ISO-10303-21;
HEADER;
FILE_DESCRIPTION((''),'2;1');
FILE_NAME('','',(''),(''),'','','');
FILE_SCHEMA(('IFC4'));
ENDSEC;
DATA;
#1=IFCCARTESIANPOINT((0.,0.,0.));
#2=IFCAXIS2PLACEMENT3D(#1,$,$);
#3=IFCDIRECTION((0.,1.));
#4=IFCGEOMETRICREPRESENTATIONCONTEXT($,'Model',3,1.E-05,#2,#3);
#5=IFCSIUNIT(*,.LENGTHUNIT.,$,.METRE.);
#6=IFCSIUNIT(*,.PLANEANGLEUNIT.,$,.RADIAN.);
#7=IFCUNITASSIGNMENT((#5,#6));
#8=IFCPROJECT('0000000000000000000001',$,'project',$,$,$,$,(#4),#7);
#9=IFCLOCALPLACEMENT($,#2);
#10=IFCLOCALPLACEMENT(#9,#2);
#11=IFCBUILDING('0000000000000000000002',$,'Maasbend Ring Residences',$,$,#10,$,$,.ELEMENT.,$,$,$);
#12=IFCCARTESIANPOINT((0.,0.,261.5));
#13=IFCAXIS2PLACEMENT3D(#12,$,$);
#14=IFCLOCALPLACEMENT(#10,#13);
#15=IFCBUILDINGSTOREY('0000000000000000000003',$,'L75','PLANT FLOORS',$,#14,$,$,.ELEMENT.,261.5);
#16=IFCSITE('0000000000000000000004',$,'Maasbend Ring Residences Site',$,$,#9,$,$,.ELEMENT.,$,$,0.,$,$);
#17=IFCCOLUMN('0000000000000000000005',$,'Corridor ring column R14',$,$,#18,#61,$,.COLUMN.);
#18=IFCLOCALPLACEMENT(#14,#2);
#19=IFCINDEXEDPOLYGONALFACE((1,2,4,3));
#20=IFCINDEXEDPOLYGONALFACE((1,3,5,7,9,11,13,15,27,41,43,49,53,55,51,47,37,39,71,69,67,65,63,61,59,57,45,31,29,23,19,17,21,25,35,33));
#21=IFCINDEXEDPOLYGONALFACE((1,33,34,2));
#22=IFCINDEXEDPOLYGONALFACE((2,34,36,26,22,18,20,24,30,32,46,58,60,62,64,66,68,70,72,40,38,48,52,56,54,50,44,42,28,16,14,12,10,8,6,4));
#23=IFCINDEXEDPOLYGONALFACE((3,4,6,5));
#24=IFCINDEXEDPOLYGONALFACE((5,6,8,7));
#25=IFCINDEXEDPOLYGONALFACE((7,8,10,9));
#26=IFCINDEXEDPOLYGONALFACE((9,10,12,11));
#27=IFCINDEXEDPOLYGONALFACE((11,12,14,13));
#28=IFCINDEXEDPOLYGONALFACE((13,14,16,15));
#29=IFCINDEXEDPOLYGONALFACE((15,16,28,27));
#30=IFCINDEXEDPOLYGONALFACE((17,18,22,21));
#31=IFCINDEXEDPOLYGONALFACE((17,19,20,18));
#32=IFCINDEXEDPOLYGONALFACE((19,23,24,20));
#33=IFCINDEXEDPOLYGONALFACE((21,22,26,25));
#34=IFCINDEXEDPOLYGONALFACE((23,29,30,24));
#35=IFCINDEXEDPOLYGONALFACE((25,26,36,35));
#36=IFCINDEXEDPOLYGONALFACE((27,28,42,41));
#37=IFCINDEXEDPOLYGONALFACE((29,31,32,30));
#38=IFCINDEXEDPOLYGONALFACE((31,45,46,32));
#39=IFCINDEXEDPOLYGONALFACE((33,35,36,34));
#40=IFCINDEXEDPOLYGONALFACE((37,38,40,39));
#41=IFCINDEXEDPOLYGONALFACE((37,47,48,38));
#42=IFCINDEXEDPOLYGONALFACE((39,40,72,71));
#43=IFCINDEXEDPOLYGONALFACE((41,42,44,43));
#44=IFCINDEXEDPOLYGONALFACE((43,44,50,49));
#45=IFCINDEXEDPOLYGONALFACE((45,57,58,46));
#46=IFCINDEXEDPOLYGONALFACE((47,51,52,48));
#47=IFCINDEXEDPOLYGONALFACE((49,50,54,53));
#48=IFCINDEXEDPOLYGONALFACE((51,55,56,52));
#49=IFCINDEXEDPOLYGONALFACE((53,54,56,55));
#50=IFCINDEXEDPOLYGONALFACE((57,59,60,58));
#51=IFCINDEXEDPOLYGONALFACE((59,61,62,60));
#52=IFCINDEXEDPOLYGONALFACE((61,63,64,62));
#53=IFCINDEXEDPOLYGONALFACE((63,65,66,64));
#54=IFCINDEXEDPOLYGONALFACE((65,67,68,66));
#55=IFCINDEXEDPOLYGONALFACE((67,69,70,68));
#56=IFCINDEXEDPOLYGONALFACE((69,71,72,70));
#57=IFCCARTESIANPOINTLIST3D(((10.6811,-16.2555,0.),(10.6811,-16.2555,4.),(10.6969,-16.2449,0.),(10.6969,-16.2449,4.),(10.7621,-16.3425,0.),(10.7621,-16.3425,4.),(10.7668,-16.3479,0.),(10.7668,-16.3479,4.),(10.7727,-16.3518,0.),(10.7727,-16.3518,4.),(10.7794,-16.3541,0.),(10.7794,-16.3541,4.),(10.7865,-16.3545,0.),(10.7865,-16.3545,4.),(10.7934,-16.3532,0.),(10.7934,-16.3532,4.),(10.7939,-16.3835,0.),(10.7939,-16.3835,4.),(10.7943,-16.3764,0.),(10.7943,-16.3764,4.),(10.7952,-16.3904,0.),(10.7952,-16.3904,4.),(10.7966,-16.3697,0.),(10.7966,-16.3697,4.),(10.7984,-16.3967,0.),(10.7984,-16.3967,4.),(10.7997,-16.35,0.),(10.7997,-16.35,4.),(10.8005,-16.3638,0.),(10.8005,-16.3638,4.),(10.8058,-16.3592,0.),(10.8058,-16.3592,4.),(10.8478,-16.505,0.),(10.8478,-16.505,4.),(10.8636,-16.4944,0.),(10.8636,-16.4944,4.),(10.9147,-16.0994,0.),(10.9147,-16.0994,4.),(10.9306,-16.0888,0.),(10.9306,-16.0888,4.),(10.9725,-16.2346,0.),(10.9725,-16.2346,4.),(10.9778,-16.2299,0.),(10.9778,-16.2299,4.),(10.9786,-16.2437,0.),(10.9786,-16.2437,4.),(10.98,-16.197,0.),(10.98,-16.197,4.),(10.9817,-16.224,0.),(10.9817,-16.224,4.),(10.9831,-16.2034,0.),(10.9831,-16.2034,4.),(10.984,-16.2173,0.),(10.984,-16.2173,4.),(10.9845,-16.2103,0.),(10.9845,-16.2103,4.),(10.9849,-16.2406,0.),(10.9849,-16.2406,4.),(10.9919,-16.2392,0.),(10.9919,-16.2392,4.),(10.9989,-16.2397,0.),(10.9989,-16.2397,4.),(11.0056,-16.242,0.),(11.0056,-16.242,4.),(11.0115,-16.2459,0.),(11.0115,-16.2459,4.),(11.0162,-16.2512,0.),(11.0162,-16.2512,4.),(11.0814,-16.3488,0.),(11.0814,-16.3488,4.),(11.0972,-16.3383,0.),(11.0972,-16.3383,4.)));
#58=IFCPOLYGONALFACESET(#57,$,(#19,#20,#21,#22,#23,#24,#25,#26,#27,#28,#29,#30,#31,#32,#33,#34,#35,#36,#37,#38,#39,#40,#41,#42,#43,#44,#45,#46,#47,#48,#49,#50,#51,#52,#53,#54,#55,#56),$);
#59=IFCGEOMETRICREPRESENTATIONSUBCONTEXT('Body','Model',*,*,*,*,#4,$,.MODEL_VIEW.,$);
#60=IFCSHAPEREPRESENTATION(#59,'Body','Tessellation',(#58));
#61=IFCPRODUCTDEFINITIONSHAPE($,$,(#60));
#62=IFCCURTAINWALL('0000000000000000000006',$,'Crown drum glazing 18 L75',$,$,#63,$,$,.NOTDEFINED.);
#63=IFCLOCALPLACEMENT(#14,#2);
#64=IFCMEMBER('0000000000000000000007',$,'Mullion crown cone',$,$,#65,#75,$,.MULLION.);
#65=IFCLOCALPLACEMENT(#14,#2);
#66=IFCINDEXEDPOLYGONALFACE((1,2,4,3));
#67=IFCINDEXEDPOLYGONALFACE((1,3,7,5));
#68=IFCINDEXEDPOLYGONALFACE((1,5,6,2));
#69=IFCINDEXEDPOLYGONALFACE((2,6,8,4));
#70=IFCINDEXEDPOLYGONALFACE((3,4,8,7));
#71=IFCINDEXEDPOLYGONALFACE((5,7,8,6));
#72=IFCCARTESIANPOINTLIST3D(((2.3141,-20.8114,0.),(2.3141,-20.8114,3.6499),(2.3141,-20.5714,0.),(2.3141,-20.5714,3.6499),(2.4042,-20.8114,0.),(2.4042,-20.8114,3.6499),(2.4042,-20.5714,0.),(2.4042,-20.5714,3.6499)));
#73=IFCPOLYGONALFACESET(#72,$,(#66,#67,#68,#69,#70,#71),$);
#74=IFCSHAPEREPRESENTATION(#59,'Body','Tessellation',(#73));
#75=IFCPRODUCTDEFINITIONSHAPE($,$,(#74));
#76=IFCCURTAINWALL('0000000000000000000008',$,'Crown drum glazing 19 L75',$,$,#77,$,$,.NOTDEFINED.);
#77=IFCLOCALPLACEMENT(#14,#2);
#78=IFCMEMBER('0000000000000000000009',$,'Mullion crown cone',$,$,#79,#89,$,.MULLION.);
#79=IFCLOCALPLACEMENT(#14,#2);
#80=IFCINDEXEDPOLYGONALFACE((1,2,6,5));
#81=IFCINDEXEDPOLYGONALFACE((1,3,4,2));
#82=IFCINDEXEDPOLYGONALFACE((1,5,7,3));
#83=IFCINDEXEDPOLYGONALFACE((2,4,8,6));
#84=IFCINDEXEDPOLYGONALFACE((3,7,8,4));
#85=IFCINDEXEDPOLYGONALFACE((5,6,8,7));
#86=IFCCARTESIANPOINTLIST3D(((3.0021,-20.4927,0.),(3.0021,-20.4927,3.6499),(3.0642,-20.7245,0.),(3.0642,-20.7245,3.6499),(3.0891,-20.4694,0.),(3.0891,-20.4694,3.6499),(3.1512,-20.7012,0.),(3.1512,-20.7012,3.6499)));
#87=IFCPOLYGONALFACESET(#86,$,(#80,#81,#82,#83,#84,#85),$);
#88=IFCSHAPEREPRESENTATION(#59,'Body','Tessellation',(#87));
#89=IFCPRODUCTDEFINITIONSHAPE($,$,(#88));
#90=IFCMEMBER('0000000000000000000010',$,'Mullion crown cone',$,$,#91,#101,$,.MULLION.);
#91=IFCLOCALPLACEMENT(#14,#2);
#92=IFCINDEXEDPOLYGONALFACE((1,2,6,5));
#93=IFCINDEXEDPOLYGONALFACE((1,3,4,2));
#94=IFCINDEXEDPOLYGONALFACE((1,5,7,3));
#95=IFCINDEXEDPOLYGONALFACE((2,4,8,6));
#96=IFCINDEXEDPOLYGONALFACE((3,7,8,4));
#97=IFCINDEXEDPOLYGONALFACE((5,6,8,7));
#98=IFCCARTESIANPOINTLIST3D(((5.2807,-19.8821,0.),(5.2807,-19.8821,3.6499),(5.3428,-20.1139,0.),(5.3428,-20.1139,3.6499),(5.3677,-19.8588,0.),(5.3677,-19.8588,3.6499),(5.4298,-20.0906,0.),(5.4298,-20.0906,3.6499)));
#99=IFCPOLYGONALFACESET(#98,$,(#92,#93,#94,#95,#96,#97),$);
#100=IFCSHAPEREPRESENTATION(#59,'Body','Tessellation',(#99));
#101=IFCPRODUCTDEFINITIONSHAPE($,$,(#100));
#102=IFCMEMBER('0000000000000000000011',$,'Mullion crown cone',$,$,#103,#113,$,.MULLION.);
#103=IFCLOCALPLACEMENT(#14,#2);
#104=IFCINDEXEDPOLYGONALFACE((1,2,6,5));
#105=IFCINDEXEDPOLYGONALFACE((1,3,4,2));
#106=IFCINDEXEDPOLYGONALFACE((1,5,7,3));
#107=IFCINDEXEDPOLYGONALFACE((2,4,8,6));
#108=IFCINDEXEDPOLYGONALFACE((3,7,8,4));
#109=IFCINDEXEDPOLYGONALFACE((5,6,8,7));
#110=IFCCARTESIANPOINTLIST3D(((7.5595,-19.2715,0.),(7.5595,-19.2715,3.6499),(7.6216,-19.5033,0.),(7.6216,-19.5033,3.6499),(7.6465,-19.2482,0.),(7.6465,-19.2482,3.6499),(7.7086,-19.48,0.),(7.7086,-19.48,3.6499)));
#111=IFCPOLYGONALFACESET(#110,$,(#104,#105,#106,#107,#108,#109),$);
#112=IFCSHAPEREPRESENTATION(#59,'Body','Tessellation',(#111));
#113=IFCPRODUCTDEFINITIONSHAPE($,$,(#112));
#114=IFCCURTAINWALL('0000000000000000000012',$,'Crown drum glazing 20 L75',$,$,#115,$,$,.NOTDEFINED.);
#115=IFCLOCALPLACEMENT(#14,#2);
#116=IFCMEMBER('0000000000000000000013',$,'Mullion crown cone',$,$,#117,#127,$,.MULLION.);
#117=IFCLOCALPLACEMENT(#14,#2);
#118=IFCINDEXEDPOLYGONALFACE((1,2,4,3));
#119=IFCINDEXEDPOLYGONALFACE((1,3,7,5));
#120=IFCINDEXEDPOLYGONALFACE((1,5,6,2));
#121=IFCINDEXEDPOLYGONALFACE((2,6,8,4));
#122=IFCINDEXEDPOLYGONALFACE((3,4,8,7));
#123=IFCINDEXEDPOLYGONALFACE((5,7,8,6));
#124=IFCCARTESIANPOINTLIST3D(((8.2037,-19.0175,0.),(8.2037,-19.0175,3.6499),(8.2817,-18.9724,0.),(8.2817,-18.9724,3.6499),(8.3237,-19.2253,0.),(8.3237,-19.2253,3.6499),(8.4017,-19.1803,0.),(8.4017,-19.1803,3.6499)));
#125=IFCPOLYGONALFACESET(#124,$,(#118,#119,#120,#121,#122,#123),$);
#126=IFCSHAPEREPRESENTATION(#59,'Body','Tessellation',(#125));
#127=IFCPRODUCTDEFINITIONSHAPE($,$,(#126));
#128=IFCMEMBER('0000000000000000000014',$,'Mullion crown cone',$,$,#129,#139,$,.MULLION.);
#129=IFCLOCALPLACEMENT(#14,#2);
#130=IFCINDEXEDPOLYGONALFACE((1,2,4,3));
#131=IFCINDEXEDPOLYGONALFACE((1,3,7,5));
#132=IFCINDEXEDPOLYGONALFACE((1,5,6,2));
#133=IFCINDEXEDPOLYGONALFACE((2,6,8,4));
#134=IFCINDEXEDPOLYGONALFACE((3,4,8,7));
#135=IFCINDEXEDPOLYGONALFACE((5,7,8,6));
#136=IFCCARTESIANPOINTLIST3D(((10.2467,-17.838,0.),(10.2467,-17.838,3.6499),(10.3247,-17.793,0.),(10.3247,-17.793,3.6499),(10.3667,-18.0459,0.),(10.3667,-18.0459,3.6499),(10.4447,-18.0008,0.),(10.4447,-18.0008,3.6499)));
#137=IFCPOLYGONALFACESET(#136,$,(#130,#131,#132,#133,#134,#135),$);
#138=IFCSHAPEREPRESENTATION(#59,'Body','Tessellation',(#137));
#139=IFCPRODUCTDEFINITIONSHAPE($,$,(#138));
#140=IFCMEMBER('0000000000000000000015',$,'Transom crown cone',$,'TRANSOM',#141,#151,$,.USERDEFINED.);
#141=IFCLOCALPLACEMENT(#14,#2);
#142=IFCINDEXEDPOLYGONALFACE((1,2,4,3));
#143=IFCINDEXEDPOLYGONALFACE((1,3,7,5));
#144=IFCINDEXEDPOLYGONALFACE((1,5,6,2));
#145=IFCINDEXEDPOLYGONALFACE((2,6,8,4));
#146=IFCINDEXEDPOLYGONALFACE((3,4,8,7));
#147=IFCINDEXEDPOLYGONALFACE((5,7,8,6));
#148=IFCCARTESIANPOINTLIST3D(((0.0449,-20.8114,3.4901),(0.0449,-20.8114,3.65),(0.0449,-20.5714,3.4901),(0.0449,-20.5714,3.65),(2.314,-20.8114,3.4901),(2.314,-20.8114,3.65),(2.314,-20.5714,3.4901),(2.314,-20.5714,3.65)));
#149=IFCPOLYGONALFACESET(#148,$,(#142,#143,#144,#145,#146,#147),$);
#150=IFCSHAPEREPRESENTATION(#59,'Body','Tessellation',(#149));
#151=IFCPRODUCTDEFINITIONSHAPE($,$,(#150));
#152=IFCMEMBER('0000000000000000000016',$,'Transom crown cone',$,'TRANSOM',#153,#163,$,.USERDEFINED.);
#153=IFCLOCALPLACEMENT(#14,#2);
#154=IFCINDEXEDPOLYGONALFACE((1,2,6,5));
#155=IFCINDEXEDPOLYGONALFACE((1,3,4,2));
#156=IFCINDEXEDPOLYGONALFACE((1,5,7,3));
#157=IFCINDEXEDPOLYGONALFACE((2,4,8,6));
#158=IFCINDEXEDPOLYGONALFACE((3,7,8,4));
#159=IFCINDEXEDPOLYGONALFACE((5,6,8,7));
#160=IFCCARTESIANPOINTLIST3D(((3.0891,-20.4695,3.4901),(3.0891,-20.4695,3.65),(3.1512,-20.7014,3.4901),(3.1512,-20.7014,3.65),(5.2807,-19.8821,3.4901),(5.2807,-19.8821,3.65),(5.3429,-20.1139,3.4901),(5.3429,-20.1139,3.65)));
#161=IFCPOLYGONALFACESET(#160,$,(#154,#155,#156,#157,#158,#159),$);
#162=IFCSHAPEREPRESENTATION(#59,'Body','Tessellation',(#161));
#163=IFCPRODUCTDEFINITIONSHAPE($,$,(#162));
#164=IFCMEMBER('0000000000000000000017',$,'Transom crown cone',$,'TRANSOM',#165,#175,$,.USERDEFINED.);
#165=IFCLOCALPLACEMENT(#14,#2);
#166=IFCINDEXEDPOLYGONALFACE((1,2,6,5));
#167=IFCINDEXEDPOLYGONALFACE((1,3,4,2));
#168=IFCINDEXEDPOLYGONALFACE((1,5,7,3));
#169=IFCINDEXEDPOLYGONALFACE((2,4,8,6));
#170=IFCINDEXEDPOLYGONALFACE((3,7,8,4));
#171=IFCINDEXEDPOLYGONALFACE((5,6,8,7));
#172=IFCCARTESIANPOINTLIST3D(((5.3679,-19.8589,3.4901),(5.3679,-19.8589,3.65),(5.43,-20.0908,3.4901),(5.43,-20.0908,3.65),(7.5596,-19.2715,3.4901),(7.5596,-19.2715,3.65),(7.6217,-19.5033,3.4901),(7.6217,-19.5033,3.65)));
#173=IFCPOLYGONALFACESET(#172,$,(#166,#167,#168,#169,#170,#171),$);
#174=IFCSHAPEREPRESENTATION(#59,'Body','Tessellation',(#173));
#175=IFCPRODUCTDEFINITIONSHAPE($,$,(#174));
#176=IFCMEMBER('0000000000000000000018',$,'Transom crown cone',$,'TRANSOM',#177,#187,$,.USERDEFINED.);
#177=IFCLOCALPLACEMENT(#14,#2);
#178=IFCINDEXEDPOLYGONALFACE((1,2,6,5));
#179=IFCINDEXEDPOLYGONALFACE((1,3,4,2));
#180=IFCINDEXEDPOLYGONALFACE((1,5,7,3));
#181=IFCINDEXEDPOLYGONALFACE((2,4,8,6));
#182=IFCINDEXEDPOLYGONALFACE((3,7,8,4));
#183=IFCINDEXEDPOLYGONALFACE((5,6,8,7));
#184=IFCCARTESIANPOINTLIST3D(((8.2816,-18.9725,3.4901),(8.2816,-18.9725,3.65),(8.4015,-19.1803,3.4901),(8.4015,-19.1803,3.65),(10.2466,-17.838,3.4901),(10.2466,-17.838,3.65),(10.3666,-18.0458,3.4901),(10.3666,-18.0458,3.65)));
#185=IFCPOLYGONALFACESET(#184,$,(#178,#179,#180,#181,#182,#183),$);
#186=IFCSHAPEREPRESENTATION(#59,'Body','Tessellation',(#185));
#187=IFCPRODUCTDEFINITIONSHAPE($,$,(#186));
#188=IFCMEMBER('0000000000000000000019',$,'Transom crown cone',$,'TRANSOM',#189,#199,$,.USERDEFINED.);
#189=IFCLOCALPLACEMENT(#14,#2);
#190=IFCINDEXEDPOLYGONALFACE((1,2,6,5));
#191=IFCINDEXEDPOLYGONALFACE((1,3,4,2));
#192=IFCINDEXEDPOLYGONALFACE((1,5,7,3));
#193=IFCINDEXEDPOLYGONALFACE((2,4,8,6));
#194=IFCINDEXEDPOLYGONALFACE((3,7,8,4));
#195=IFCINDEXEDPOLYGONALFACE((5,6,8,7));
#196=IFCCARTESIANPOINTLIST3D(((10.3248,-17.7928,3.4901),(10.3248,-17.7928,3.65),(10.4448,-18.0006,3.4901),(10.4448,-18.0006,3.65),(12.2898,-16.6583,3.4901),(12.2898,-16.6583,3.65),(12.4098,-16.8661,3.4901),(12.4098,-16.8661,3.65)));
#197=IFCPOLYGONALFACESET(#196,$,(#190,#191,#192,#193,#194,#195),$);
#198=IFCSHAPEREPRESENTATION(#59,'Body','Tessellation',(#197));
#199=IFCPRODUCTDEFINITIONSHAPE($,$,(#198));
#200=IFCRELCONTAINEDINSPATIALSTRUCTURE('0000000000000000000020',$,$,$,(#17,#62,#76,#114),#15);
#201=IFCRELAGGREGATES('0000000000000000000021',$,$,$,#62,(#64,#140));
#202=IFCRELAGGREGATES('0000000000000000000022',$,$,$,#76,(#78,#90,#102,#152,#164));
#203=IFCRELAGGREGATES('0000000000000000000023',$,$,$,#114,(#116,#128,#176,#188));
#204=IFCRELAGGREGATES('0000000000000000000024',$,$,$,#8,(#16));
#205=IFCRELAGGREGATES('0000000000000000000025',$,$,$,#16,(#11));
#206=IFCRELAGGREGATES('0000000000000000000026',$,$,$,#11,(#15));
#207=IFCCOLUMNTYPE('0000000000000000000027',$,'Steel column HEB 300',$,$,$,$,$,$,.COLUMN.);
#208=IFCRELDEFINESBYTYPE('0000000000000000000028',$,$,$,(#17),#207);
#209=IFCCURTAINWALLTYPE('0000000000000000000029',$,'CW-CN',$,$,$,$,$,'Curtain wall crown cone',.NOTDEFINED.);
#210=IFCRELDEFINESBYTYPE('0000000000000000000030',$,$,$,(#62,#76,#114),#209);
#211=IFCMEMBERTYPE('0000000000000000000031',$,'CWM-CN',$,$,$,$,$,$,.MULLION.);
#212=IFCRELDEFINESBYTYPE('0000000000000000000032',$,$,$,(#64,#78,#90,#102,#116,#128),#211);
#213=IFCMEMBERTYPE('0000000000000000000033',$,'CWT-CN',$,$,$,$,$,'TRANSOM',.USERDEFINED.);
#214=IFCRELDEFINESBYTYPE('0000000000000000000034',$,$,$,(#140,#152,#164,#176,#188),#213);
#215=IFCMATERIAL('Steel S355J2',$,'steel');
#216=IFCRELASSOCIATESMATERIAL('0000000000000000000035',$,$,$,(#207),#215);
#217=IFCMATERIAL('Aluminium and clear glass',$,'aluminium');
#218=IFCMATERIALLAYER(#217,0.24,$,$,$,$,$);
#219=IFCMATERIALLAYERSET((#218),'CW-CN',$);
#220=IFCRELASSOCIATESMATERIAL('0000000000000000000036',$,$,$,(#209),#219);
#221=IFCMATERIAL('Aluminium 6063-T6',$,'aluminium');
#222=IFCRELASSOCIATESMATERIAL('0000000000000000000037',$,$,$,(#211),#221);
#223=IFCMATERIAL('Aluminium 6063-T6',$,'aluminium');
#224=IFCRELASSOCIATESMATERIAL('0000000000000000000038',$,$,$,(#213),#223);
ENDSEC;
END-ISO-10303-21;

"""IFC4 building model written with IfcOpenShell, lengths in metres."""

from ifc_helpers import new_model, si_unit, direction, frame, origin, origin_2d, place, context, subcontext, project, spatial, rectangle, i_section, extrude, material, layer, layer_set, material_profile, profile_set, type_object, element, aggregate, save


model = new_model("IFC4")

# Units and contexts
model_context = context("Model", 3, precision=1e-05, world=origin(), true_north=direction((0.0, 1.0)))
body_context = subcontext(model_context, "Body", "Model", "MODEL_VIEW")
ifc_project = project(units=[si_unit("LENGTHUNIT", "METRE"), si_unit("PLANEANGLEUNIT", "RADIAN")], contexts=[model_context])

# Site, building, storey
site_placement = place(None, origin())
site = spatial("IfcSite", under=ifc_project, at=site_placement, Name="Maasbend Ring Residences Site", CompositionType="ELEMENT", RefElevation=0.0)
building_placement = place(site_placement, origin())
building = spatial("IfcBuilding", under=site, at=building_placement, Name="Maasbend Ring Residences", CompositionType="ELEMENT")
storey_placement = place(building_placement, frame((0.0, 0.0, 261.5)))
storey = spatial("IfcBuildingStorey", under=building, at=storey_placement, Name="L75", Description="PLANT FLOORS", CompositionType="ELEMENT", Elevation=261.5)

# Column
ifc_material_1 = material(Name="Steel S355J2", Category="steel")
ifc_material_profile_1 = material_profile(ifc_material_1, i_section(OverallWidth=0.3, OverallDepth=0.3, WebThickness=0.011, FlangeThickness=0.019, FilletRadius=0.0271, at=origin_2d()), Name="HEB 300")
ifc_profile_set_1 = profile_set([ifc_material_profile_1], Name="Steel S355J2")
column_type_1 = type_object("IfcColumnType", Name="Steel column HEB 300", PredefinedType="COLUMN", material=ifc_profile_set_1)
for number, where, z_axis, x_axis, name in (
    (1, (10.8892, -16.2969, 0.0), (0.0, 0.0, 1.0), (0.55557, -0.83147, 0.0), "Corridor ring column R14"),
):
    element("IfcColumn", number, at=place(storey_placement, frame(where, z_axis=z_axis, x_axis=x_axis)), inside=storey, type_object=column_type_1, Name=name, PredefinedType="COLUMN", context=body_context, shape_type="SweptSolid", body=[
        extrude(i_section(OverallWidth=0.3, OverallDepth=0.3, WebThickness=0.011, FlangeThickness=0.019, FilletRadius=0.0271, at=origin_2d()), origin(), (0.0, 0.0, 1.0), 4.0),
    ])

# Curtain wall, member
ifc_material_2 = material(Name="Aluminium and clear glass", Category="aluminium")
ifc_layer_1 = layer(ifc_material_2, 0.24)
ifc_layer_set_1 = layer_set([ifc_layer_1], Name="CW-CN")
curtain_wall_type = type_object("IfcCurtainWallType", Name="CW-CN", ElementType="Curtain wall crown cone", PredefinedType="NOTDEFINED", material=ifc_layer_set_1)
curtain_wall_1_placement = place(storey_placement, origin())
curtain_wall_1 = element("IfcCurtainWall", 2, at=curtain_wall_1_placement, inside=storey, type_object=curtain_wall_type, Name="Crown drum glazing 18 L75", PredefinedType="NOTDEFINED")
ifc_material_3 = material(Name="Aluminium 6063-T6", Category="aluminium")
ifc_material_profile_2 = material_profile(ifc_material_3, rectangle(XDim=0.24, YDim=0.0901, at=origin_2d()), Name="AL 240x90")
ifc_profile_set_2 = profile_set([ifc_material_profile_2], Name="Aluminium 6063-T6")
member_type_1 = type_object("IfcMemberType", Name="CWM-CN", PredefinedType="MULLION", material=ifc_profile_set_2)
member_1_placement = place(storey_placement, frame((2.3591, -20.6914, 0.0), z_axis=(0.0, 0.0, 1.0), x_axis=(0.0, 1.0, 0.0)))
member_1 = element("IfcMember", 3, at=member_1_placement, type_object=member_type_1, Name="Mullion crown cone", PredefinedType="MULLION", context=body_context, shape_type="SweptSolid", body=[
    extrude(rectangle(XDim=0.24, YDim=0.0901, at=origin_2d()), origin(), (0.0, 0.0, 1.0), 3.6499),
])

# Curtain walls, members
curtain_wall_2_placement = place(storey_placement, origin())
curtain_wall_2 = element("IfcCurtainWall", 4, at=curtain_wall_2_placement, inside=storey, type_object=curtain_wall_type, Name="Crown drum glazing 19 L75", PredefinedType="NOTDEFINED")
member_2_placement = place(storey_placement, frame((3.0767, -20.5969, 0.0), z_axis=(0.0, 0.0, 1.0), x_axis=(-0.258819, 0.965926, 0.0)))
member_2 = element("IfcMember", 5, at=member_2_placement, type_object=member_type_1, Name="Mullion crown cone", PredefinedType="MULLION", context=body_context, shape_type="SweptSolid", body=[
    extrude(rectangle(XDim=0.24, YDim=0.0901, at=origin_2d()), origin(), (0.0, 0.0, 1.0), 3.6499),
])
member_3_placement = place(storey_placement, frame((5.3552, -19.9863, 0.0), z_axis=(0.0, 0.0, 1.0), x_axis=(-0.258819, 0.965926, 0.0)))
member_3 = element("IfcMember", 6, at=member_3_placement, type_object=member_type_1, Name="Mullion crown cone", PredefinedType="MULLION", context=body_context, shape_type="SweptSolid", body=[
    extrude(rectangle(XDim=0.24, YDim=0.0901, at=origin_2d()), origin(), (0.0, 0.0, 1.0), 3.6499),
])
member_4_placement = place(storey_placement, frame((7.634, -19.3757, 0.0), z_axis=(0.0, 0.0, 1.0), x_axis=(-0.258819, 0.965926, 0.0)))
member_4 = element("IfcMember", 7, at=member_4_placement, type_object=member_type_1, Name="Mullion crown cone", PredefinedType="MULLION", context=body_context, shape_type="SweptSolid", body=[
    extrude(rectangle(XDim=0.24, YDim=0.0901, at=origin_2d()), origin(), (0.0, 0.0, 1.0), 3.6499),
])
curtain_wall_3_placement = place(storey_placement, origin())
curtain_wall_3 = element("IfcCurtainWall", 8, at=curtain_wall_3_placement, inside=storey, type_object=curtain_wall_type, Name="Crown drum glazing 20 L75", PredefinedType="NOTDEFINED")
member_5_placement = place(storey_placement, frame((8.3027, -19.0989, 0.0), z_axis=(0.0, 0.0, 1.0), x_axis=(-0.5, 0.866025, 0.0)))
member_5 = element("IfcMember", 9, at=member_5_placement, type_object=member_type_1, Name="Mullion crown cone", PredefinedType="MULLION", context=body_context, shape_type="SweptSolid", body=[
    extrude(rectangle(XDim=0.24, YDim=0.0901, at=origin_2d()), origin(), (0.0, 0.0, 1.0), 3.6499),
])
member_6_placement = place(storey_placement, frame((10.3457, -17.9194, 0.0), z_axis=(0.0, 0.0, 1.0), x_axis=(-0.5, 0.866025, 0.0)))
member_6 = element("IfcMember", 10, at=member_6_placement, type_object=member_type_1, Name="Mullion crown cone", PredefinedType="MULLION", context=body_context, shape_type="SweptSolid", body=[
    extrude(rectangle(XDim=0.24, YDim=0.0901, at=origin_2d()), origin(), (0.0, 0.0, 1.0), 3.6499),
])

# Members
ifc_material_4 = material(Name="Aluminium 6063-T6", Category="aluminium")
ifc_material_profile_3 = material_profile(ifc_material_4, rectangle(XDim=0.24, YDim=0.1599, at=origin_2d()), Name="AL 240x160")
ifc_profile_set_3 = profile_set([ifc_material_profile_3], Name="Aluminium 6063-T6")
member_type_2 = type_object("IfcMemberType", Name="CWT-CN", ElementType="TRANSOM", PredefinedType="USERDEFINED", material=ifc_profile_set_3)
member_7_placement = place(storey_placement, frame((0.0449, -20.6914, 3.5701), z_axis=(1.0, 0.0, 0.0), x_axis=(0.0, 1.0, 0.0)))
member_7 = element("IfcMember", 11, at=member_7_placement, type_object=member_type_2, Name="Transom crown cone", ObjectType="TRANSOM", PredefinedType="USERDEFINED", context=body_context, shape_type="SweptSolid", body=[
    extrude(rectangle(XDim=0.24, YDim=0.1599, at=origin_2d()), origin(), (0.0, 0.0, 1.0), 2.269),
])
member_8_placement = place(storey_placement, frame((3.1201, -20.5854, 3.5701), z_axis=(0.965909, 0.258881, 0.0), x_axis=(-0.258881, 0.965909, 0.0)))
member_8 = element("IfcMember", 12, at=member_8_placement, type_object=member_type_2, Name="Transom crown cone", ObjectType="TRANSOM", PredefinedType="USERDEFINED", context=body_context, shape_type="SweptSolid", body=[
    extrude(rectangle(XDim=0.24, YDim=0.1599, at=origin_2d()), origin(), (0.0, 0.0, 1.0), 2.269),
])
member_9_placement = place(storey_placement, frame((5.3989, -19.9749, 3.5701), z_axis=(0.965909, 0.258881, 0.0), x_axis=(-0.258881, 0.965909, 0.0)))
member_9 = element("IfcMember", 13, at=member_9_placement, type_object=member_type_2, Name="Transom crown cone", ObjectType="TRANSOM", PredefinedType="USERDEFINED", context=body_context, shape_type="SweptSolid", body=[
    extrude(rectangle(XDim=0.24, YDim=0.1599, at=origin_2d()), origin(), (0.0, 0.0, 1.0), 2.269),
])
member_10_placement = place(storey_placement, frame((8.3416, -19.0764, 3.5701), z_axis=(0.86603, 0.499993, 0.0), x_axis=(-0.499993, 0.86603, 0.0)))
member_10 = element("IfcMember", 14, at=member_10_placement, type_object=member_type_2, Name="Transom crown cone", ObjectType="TRANSOM", PredefinedType="USERDEFINED", context=body_context, shape_type="SweptSolid", body=[
    extrude(rectangle(XDim=0.24, YDim=0.1599, at=origin_2d()), origin(), (0.0, 0.0, 1.0), 2.269),
])
member_11_placement = place(storey_placement, frame((10.3848, -17.8967, 3.5701), z_axis=(0.86603, 0.499993, 0.0), x_axis=(-0.499993, 0.86603, 0.0)))
member_11 = element("IfcMember", 15, at=member_11_placement, type_object=member_type_2, Name="Transom crown cone", ObjectType="TRANSOM", PredefinedType="USERDEFINED", context=body_context, shape_type="SweptSolid", body=[
    extrude(rectangle(XDim=0.24, YDim=0.1599, at=origin_2d()), origin(), (0.0, 0.0, 1.0), 2.269),
])

aggregate(curtain_wall_1, [member_1, member_7])
aggregate(curtain_wall_2, [member_2, member_3, member_4, member_8, member_9])
aggregate(curtain_wall_3, [member_5, member_6, member_10, member_11])

save(model, "model.ifc")
